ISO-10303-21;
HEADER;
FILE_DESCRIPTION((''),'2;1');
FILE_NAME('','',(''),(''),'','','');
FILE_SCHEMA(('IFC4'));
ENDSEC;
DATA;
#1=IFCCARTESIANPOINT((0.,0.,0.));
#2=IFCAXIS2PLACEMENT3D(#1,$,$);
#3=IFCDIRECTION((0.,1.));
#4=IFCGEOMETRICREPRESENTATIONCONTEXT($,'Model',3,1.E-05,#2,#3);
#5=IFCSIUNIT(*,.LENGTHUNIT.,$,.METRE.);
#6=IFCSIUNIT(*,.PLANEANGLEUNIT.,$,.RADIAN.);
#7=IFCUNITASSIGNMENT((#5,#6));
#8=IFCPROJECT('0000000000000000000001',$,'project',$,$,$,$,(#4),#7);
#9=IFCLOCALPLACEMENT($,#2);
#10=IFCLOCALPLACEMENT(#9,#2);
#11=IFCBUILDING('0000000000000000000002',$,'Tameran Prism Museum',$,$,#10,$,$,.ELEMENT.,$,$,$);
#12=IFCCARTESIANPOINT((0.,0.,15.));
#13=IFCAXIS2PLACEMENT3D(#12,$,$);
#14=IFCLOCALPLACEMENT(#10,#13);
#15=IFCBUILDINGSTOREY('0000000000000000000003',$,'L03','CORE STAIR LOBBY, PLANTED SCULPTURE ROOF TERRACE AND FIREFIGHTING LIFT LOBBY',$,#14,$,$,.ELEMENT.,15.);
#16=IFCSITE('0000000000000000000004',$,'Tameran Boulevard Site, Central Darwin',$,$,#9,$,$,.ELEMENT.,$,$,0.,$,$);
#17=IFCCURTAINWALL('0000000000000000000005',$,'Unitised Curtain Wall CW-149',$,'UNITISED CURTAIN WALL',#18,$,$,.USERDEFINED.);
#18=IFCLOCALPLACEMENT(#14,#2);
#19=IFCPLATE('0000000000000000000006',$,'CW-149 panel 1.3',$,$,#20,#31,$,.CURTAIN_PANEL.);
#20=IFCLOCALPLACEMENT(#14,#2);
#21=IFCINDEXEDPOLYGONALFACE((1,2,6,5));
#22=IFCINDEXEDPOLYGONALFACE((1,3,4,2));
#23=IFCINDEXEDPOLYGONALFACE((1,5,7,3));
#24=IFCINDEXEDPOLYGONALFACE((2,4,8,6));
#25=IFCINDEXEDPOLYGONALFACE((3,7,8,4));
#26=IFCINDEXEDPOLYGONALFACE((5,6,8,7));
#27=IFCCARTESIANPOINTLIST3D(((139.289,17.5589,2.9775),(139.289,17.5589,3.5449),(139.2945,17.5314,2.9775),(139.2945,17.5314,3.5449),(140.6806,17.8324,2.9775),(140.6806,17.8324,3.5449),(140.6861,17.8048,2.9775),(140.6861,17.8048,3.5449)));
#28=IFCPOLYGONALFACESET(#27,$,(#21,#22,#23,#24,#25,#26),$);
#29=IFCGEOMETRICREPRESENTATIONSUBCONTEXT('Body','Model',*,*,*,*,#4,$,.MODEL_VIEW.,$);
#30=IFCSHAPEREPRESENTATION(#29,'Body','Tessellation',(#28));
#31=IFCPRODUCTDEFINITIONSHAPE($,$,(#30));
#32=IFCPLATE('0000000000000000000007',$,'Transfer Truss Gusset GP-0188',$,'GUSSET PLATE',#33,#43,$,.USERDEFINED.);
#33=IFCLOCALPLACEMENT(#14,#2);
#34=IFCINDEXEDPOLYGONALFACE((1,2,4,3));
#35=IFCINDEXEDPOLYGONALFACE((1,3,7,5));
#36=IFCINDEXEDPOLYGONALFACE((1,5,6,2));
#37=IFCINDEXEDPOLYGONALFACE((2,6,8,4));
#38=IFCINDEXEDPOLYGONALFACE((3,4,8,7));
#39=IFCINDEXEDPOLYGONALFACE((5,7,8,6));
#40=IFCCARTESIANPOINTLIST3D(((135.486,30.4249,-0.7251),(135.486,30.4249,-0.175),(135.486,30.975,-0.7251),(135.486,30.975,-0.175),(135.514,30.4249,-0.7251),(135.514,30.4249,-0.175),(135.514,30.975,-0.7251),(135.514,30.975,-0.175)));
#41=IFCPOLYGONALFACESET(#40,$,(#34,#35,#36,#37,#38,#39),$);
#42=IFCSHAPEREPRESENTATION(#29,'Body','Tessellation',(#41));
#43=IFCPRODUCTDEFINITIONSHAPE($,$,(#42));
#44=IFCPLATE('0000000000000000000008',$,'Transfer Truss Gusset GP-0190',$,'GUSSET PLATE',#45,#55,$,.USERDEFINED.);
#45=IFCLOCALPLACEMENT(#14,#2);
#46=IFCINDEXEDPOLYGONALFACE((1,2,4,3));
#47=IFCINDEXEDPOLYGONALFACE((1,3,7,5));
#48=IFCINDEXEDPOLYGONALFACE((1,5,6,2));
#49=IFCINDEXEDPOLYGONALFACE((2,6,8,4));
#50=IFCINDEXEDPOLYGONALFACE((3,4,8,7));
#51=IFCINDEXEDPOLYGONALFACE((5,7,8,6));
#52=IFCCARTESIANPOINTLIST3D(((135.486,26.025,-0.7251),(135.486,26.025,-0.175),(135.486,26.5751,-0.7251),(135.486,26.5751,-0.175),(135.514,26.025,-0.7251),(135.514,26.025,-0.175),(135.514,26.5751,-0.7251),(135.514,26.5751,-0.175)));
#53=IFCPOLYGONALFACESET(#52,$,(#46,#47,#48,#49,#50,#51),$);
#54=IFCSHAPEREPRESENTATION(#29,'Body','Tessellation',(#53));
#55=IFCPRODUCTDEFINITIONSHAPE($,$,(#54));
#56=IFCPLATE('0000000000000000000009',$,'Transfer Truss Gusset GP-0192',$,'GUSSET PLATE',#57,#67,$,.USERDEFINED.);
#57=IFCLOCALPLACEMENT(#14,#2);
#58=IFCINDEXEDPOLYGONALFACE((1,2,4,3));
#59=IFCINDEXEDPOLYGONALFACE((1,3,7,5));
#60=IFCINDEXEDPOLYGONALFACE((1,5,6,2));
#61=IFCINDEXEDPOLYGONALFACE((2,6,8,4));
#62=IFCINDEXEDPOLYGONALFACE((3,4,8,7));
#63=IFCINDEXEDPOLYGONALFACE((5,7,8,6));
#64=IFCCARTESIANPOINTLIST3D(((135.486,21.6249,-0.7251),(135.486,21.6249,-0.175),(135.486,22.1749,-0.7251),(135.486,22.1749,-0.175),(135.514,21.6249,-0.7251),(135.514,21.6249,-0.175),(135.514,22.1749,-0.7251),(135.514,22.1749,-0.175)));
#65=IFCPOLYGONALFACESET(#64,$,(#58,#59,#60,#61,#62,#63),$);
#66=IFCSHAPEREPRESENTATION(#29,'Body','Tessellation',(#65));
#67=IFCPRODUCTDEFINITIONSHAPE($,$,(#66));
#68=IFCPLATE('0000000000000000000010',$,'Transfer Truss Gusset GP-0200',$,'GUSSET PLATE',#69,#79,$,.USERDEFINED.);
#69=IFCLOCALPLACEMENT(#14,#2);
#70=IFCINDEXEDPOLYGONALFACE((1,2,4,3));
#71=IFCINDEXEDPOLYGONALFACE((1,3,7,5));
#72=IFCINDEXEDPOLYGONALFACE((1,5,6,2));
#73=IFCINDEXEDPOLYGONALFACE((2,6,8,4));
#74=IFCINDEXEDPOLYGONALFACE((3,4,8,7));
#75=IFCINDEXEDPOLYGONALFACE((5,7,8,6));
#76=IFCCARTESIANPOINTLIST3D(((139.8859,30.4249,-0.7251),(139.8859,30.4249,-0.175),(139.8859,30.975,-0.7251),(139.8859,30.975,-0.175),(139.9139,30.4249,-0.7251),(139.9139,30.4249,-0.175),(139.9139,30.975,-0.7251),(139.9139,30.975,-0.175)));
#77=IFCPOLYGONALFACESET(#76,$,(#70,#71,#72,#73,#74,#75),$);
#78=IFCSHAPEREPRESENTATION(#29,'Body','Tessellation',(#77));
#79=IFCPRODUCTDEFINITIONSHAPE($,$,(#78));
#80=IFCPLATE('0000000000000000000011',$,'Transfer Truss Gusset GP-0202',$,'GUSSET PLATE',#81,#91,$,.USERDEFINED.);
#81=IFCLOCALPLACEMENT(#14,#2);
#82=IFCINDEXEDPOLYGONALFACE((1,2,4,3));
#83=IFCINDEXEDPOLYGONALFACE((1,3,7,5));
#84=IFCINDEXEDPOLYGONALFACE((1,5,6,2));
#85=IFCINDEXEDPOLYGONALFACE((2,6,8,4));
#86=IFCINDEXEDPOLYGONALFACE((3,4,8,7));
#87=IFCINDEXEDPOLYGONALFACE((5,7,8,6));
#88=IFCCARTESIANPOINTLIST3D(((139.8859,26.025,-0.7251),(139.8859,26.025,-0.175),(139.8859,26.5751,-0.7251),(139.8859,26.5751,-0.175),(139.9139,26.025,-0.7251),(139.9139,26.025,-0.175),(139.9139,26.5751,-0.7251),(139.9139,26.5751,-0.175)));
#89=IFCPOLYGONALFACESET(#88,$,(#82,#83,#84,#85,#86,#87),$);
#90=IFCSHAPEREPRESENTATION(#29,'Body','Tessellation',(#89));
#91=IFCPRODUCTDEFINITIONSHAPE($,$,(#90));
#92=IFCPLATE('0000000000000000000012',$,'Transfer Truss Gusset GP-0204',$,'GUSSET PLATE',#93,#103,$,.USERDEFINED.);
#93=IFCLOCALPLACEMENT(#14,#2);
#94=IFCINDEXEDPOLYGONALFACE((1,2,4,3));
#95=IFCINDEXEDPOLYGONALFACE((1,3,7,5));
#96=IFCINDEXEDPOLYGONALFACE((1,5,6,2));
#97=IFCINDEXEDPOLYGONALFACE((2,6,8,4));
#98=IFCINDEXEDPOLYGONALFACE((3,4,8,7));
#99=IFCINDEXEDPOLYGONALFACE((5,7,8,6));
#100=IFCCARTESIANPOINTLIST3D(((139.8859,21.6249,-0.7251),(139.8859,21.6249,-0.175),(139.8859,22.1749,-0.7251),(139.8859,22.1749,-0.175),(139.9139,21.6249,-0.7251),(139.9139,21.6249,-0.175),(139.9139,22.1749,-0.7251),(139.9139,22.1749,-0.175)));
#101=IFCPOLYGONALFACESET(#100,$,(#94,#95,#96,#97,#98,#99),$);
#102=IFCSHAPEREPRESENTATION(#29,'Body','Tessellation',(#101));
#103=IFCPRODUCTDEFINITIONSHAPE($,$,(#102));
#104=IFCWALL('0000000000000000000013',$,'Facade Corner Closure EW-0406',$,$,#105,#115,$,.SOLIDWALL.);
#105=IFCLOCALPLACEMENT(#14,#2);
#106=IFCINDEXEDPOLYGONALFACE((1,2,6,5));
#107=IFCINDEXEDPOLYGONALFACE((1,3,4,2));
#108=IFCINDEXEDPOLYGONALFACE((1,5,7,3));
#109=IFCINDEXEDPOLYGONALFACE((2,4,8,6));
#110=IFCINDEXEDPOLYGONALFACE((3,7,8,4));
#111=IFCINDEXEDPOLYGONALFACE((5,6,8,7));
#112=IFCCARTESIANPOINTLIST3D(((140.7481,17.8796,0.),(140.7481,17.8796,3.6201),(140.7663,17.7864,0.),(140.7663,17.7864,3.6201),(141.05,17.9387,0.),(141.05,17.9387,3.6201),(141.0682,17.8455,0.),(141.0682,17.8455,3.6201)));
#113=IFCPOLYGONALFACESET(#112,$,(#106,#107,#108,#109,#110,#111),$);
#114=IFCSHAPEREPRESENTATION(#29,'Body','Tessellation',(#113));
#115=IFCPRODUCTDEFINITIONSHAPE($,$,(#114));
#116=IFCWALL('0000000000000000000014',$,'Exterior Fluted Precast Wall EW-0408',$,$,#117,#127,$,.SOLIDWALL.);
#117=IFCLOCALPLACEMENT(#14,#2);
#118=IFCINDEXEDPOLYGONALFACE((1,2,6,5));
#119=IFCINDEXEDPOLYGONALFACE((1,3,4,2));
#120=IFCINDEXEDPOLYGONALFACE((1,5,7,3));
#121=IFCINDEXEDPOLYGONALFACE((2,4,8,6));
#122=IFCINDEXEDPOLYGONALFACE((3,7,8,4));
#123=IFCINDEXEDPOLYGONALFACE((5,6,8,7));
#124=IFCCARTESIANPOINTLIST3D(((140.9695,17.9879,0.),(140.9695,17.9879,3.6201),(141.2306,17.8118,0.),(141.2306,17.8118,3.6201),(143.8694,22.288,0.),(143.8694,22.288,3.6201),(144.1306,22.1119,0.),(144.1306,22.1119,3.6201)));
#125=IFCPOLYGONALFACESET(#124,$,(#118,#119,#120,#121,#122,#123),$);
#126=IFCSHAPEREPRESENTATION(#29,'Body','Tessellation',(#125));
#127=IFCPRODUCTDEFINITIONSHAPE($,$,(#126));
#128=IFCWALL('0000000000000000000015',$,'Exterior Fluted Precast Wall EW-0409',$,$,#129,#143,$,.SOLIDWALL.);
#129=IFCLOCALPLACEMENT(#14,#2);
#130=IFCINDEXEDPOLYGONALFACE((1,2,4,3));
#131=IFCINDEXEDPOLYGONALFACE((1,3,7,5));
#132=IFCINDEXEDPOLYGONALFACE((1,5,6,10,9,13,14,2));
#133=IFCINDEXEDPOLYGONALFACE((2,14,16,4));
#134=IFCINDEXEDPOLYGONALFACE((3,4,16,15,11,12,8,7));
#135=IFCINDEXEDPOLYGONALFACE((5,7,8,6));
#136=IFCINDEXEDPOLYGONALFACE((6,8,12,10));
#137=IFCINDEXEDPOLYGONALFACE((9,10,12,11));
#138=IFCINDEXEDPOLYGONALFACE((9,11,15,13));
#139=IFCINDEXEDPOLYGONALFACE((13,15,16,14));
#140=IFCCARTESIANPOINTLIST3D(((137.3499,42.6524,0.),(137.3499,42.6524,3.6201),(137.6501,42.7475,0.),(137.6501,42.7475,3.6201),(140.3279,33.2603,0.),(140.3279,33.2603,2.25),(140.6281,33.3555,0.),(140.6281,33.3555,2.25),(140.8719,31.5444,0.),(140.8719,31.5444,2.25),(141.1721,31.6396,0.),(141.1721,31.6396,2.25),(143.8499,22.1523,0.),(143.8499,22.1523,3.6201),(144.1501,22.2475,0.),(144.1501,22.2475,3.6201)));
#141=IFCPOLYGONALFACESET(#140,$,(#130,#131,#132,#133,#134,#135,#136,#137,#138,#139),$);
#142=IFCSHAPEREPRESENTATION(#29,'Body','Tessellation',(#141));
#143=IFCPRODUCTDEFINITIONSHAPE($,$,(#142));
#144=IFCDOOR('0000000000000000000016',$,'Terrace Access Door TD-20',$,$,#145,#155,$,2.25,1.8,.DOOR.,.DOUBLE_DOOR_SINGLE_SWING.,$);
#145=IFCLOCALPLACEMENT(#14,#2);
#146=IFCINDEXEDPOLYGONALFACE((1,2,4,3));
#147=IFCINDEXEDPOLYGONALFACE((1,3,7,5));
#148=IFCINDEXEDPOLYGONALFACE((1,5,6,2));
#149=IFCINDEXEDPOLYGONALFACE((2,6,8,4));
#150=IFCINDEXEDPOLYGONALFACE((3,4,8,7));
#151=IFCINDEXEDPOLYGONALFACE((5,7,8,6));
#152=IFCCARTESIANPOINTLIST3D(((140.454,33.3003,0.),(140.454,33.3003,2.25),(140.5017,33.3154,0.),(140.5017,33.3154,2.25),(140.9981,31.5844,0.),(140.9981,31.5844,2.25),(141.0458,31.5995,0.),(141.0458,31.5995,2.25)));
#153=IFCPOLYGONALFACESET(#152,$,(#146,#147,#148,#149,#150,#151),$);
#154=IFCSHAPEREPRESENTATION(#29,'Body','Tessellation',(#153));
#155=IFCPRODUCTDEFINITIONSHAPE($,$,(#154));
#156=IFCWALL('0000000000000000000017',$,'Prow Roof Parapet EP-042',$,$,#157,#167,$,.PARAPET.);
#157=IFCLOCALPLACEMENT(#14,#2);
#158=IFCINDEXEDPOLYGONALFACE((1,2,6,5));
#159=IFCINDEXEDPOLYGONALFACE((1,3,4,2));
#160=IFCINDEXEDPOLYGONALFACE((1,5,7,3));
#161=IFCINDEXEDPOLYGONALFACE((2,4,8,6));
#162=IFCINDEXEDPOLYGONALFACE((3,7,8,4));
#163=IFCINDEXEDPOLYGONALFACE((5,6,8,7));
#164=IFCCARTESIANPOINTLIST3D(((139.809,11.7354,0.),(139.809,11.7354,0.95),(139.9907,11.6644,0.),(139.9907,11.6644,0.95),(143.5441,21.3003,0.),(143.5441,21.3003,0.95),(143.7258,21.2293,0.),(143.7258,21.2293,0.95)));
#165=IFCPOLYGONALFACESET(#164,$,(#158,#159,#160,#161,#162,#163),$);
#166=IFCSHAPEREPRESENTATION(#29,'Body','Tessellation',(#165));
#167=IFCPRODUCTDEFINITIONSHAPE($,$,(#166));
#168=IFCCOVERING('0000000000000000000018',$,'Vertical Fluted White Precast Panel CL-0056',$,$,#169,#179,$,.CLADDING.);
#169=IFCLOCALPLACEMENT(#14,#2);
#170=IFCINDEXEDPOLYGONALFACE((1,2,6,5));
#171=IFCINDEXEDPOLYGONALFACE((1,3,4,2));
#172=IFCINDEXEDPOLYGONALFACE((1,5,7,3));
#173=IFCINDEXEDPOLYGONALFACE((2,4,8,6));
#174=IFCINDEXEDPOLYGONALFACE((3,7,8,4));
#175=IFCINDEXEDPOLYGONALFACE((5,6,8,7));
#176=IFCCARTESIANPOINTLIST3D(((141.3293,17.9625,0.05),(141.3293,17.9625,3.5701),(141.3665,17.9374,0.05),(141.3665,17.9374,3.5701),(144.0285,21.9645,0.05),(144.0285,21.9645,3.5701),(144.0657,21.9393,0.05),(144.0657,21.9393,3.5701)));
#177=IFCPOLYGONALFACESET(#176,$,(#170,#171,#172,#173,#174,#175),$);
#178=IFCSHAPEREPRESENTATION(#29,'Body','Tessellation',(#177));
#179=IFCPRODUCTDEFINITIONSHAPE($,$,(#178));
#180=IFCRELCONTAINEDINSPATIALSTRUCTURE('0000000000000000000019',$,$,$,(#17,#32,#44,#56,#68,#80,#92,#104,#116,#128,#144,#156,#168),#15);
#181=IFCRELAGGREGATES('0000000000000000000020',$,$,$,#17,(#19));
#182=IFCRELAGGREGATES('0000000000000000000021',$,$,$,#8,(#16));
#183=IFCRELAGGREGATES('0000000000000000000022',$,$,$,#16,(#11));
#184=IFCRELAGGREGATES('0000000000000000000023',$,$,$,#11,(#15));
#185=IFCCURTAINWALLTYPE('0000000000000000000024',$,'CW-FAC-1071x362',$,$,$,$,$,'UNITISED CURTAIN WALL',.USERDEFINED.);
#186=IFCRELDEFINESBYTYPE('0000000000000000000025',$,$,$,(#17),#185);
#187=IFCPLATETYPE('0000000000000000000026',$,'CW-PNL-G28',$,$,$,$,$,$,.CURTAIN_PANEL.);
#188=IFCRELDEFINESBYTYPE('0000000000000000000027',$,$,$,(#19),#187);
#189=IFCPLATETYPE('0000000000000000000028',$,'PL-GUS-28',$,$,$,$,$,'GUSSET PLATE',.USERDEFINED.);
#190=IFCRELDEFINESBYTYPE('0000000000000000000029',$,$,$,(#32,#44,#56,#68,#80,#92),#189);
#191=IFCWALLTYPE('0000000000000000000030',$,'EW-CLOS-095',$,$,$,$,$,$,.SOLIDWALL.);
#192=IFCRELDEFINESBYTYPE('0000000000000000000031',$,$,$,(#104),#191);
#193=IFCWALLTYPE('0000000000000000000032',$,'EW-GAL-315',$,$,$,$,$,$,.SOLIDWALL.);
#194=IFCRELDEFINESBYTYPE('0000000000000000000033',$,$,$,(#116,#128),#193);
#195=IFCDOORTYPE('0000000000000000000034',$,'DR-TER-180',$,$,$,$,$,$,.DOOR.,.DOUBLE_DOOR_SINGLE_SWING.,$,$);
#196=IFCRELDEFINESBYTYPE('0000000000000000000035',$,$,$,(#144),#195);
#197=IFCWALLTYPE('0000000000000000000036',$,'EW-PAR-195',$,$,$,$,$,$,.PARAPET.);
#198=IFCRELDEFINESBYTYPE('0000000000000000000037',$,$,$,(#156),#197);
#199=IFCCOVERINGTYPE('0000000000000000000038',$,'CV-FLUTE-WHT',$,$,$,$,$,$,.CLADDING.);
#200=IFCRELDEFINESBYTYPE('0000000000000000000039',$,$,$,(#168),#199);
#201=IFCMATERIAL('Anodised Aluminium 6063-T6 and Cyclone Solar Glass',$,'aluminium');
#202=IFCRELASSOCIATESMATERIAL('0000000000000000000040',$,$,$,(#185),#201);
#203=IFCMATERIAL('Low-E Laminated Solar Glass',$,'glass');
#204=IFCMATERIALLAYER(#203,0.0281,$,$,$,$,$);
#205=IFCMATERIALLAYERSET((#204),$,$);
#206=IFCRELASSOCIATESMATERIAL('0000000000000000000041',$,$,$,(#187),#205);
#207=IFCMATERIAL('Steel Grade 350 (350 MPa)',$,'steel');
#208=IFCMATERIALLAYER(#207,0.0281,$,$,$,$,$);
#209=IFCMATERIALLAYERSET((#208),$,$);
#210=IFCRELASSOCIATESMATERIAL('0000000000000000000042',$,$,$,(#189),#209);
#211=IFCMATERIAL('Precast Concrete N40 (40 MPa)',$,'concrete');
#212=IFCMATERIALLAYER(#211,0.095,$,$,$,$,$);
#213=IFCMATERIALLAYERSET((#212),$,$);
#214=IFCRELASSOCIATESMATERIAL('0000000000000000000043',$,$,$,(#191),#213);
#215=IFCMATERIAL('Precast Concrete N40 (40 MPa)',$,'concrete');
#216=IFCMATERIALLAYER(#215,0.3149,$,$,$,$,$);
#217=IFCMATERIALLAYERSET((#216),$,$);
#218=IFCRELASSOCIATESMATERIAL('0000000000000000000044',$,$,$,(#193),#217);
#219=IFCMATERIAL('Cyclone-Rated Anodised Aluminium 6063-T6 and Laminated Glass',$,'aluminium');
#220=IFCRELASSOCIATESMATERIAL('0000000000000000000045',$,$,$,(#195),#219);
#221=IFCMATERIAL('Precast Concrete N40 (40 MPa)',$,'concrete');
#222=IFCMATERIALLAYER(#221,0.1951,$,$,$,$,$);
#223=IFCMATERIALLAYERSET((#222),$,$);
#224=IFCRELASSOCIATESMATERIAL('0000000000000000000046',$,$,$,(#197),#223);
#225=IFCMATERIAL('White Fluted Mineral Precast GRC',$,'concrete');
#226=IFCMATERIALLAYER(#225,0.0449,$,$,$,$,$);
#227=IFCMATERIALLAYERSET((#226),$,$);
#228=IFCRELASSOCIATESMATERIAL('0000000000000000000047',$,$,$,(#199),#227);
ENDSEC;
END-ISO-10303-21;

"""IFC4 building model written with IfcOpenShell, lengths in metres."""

from ifc_helpers import new_model, si_unit, direction, frame, frame_2d, origin, origin_2d, place, context, subcontext, project, spatial, rectangle, extrude, material, layer, layer_set, type_object, element, fill, aggregate, save


model = new_model("IFC4")

# Units and contexts
model_context = context("Model", 3, precision=1e-05, world=origin(), true_north=direction((0.0, 1.0)))
body_context = subcontext(model_context, "Body", "Model", "MODEL_VIEW")
ifc_project = project(units=[si_unit("LENGTHUNIT", "METRE"), si_unit("PLANEANGLEUNIT", "RADIAN")], contexts=[model_context])

# Site, building, storey
site_placement = place(None, origin())
site = spatial("IfcSite", under=ifc_project, at=site_placement, Name="Tameran Boulevard Site, Central Darwin", CompositionType="ELEMENT", RefElevation=0.0)
building_placement = place(site_placement, origin())
building = spatial("IfcBuilding", under=site, at=building_placement, Name="Tameran Prism Museum", CompositionType="ELEMENT")
storey_placement = place(building_placement, frame((0.0, 0.0, 15.0)))
storey = spatial("IfcBuildingStorey", under=building, at=storey_placement, Name="L03", Description="CORE STAIR LOBBY, PLANTED SCULPTURE ROOF TERRACE AND FIREFIGHTING LIFT LOBBY", CompositionType="ELEMENT", Elevation=15.0)

# Curtain wall
ifc_material_1 = material(Name="Anodised Aluminium 6063-T6 and Cyclone Solar Glass", Category="aluminium")
curtain_wall_type = type_object("IfcCurtainWallType", Name="CW-FAC-1071x362", ElementType="UNITISED CURTAIN WALL", PredefinedType="USERDEFINED", material=ifc_material_1)
curtain_wall_placement = place(storey_placement, origin())
curtain_wall = element("IfcCurtainWall", 1, at=curtain_wall_placement, inside=storey, type_object=curtain_wall_type, Name="Unitised Curtain Wall CW-149", ObjectType="UNITISED CURTAIN WALL", PredefinedType="USERDEFINED")

# Plate
ifc_material_2 = material(Name="Low-E Laminated Solar Glass", Category="glass")
ifc_layer_1 = layer(ifc_material_2, 0.0281)
ifc_layer_set_1 = layer_set([ifc_layer_1])
plate_type_1 = type_object("IfcPlateType", Name="CW-PNL-G28", PredefinedType="CURTAIN_PANEL", material=ifc_layer_set_1)
plate_placement = place(storey_placement, frame((139.9875, 17.6819, 2.9775), z_axis=(0.0, 0.0, 1.0), x_axis=(-0.981236, -0.192813, 0.0)))
plate = element("IfcPlate", 2, at=plate_placement, type_object=plate_type_1, Name="CW-149 panel 1.3", PredefinedType="CURTAIN_PANEL", context=body_context, shape_type="SweptSolid", body=[
    extrude(rectangle(XDim=1.4182, YDim=0.0281, at=origin_2d()), origin(), (0.0, 0.0, 1.0), 0.5674),
])
aggregate(curtain_wall, [plate])

# Plates
ifc_material_3 = material(Name="Steel Grade 350 (350 MPa)", Category="steel")
ifc_layer_2 = layer(ifc_material_3, 0.0281)
ifc_layer_set_2 = layer_set([ifc_layer_2])
plate_type_2 = type_object("IfcPlateType", Name="PL-GUS-28", ElementType="GUSSET PLATE", PredefinedType="USERDEFINED", material=ifc_layer_set_2)
for number, where, z_axis, x_axis, name in (
    (3, (135.5, 30.7, -0.7251), (0.0, 0.0, 1.0), (1.0, 0.0, 0.0), "Transfer Truss Gusset GP-0188"),
    (4, (135.5, 26.3, -0.7251), (0.0, 0.0, 1.0), (1.0, 0.0, 0.0), "Transfer Truss Gusset GP-0190"),
    (5, (135.5, 21.8999, -0.7251), (0.0, 0.0, 1.0), (1.0, 0.0, 0.0), "Transfer Truss Gusset GP-0192"),
    (6, (139.8999, 30.7, -0.7251), (0.0, 0.0, 1.0), (1.0, 0.0, 0.0), "Transfer Truss Gusset GP-0200"),
    (7, (139.8999, 26.3, -0.7251), (0.0, 0.0, 1.0), (1.0, 0.0, 0.0), "Transfer Truss Gusset GP-0202"),
    (8, (139.8999, 21.8999, -0.7251), (0.0, 0.0, 1.0), (1.0, 0.0, 0.0), "Transfer Truss Gusset GP-0204"),
):
    element("IfcPlate", number, at=place(storey_placement, frame(where, z_axis=z_axis, x_axis=x_axis)), inside=storey, type_object=plate_type_2, Name=name, ObjectType="GUSSET PLATE", PredefinedType="USERDEFINED", context=body_context, shape_type="SweptSolid", body=[
        extrude(rectangle(XDim=0.0281, YDim=0.55, at=origin_2d()), origin(), (0.0, 0.0, 1.0), 0.55),
    ])

# Walls
ifc_material_4 = material(Name="Precast Concrete N40 (40 MPa)", Category="concrete")
ifc_layer_3 = layer(ifc_material_4, 0.095)
ifc_layer_set_3 = layer_set([ifc_layer_3])
wall_type_1 = type_object("IfcWallType", Name="EW-CLOS-095", PredefinedType="SOLIDWALL", material=ifc_layer_set_3)
wall_1_placement = place(storey_placement, frame((141.0591, 17.8921, 0.0), z_axis=(0.0, 0.0, 1.0), x_axis=(-0.981396, -0.191995, 0.0)))
element("IfcWall", 9, at=wall_1_placement, inside=storey, type_object=wall_type_1, Name="Facade Corner Closure EW-0406", PredefinedType="SOLIDWALL", context=body_context, shape_type="SweptSolid", body=[
    extrude(rectangle(XDim=0.3076, YDim=0.095, at=frame_2d((0.1538, 0.0))), origin(), (0.0, 0.0, 1.0), 3.6201),
])
ifc_material_5 = material(Name="Precast Concrete N40 (40 MPa)", Category="concrete")
ifc_layer_4 = layer(ifc_material_5, 0.3149)
ifc_layer_set_4 = layer_set([ifc_layer_4])
wall_type_2 = type_object("IfcWallType", Name="EW-GAL-315", PredefinedType="SOLIDWALL", material=ifc_layer_set_4)
wall_2_placement = place(storey_placement, frame((144.0, 22.2, 0.0), z_axis=(0.0, 0.0, 1.0), x_axis=(-0.559124, -0.829084, 0.0)))
element("IfcWall", 10, at=wall_2_placement, inside=storey, type_object=wall_type_2, Name="Exterior Fluted Precast Wall EW-0408", PredefinedType="SOLIDWALL", context=body_context, shape_type="SweptSolid", body=[
    extrude(rectangle(XDim=5.1865, YDim=0.3149, at=frame_2d((2.5933, 0.0))), origin(), (0.0, 0.0, 1.0), 3.6201),
])

# Wall, opening, door
wall_3_placement = place(storey_placement, frame((137.5, 42.7, 0.0), z_axis=(0.0, 0.0, 1.0), x_axis=(0.302244, -0.953231, 0.0)))
wall_3 = element("IfcWall", 11, at=wall_3_placement, inside=storey, type_object=wall_type_2, Name="Exterior Fluted Precast Wall EW-0409", PredefinedType="SOLIDWALL", context=body_context, shape_type="SweptSolid", body=[
    extrude(rectangle(XDim=21.5059, YDim=0.3149, at=frame_2d((10.7529, 0.0))), origin(), (0.0, 0.0, 1.0), 3.6201),
])
opening_placement = place(wall_3_placement, frame((9.853, 0.0, 0.0)))
opening = element("IfcOpeningElement", 12, at=opening_placement, cuts=wall_3, PredefinedType="OPENING", context=body_context, shape_type="SweptSolid", body=[
    extrude(rectangle(XDim=1.8, YDim=2.25, at=frame_2d((0.8999, 1.125))), frame((0.0, 0.1675, 0.0), z_axis=(0.0, -1.0, 0.0), x_axis=(1.0, 0.0, 0.0)), (0.0, 0.0, 1.0), 0.335),
])
ifc_material_6 = material(Name="Cyclone-Rated Anodised Aluminium 6063-T6 and Laminated Glass", Category="aluminium")
door_type = type_object("IfcDoorType", Name="DR-TER-180", OperationType="DOUBLE_DOOR_SINGLE_SWING", PredefinedType="DOOR", material=ifc_material_6)
door_placement = place(opening_placement, origin())
door = element("IfcDoor", 13, at=door_placement, inside=storey, type_object=door_type, Name="Terrace Access Door TD-20", OperationType="DOUBLE_DOOR_SINGLE_SWING", OverallHeight=2.25, OverallWidth=1.8, PredefinedType="DOOR", context=body_context, shape_type="SweptSolid", body=[
    extrude(rectangle(XDim=1.8, YDim=2.25, at=frame_2d((0.8999, 1.125))), frame((0.0, 0.0249, 0.0), z_axis=(0.0, -1.0, 0.0), x_axis=(1.0, 0.0, 0.0)), (0.0, 0.0, 1.0), 0.05),
])
fill(opening, door)

# Wall
ifc_material_7 = material(Name="Precast Concrete N40 (40 MPa)", Category="concrete")
ifc_layer_5 = layer(ifc_material_7, 0.1951)
ifc_layer_set_5 = layer_set([ifc_layer_5])
wall_type_3 = type_object("IfcWallType", Name="EW-PAR-195", PredefinedType="PARAPET", material=ifc_layer_set_5)
wall_4_placement = place(storey_placement, frame((143.635, 21.2649, 0.0), z_axis=(0.0, 0.0, 1.0), x_axis=(-0.363749, -0.931497, 0.0)))
element("IfcWall", 14, at=wall_4_placement, inside=storey, type_object=wall_type_3, Name="Prow Roof Parapet EP-042", PredefinedType="PARAPET", context=body_context, shape_type="SweptSolid", body=[
    extrude(rectangle(XDim=10.2683, YDim=0.1951, at=frame_2d((5.1343, 0.0))), origin(), (0.0, 0.0, 1.0), 0.95),
])

# Covering
ifc_material_8 = material(Name="White Fluted Mineral Precast GRC", Category="concrete")
ifc_layer_6 = layer(ifc_material_8, 0.0449)
ifc_layer_set_6 = layer_set([ifc_layer_6])
covering_type = type_object("IfcCoveringType", Name="CV-FLUTE-WHT", PredefinedType="CLADDING", material=ifc_layer_set_6)
covering_placement = place(storey_placement, frame((144.0471, 21.9519, 0.05), z_axis=(0.0, 0.0, 1.0), x_axis=(-0.559174, -0.82905, 0.0)))
element("IfcCovering", 15, at=covering_placement, inside=storey, type_object=covering_type, Name="Vertical Fluted White Precast Panel CL-0056", PredefinedType="CLADDING", context=body_context, shape_type="SweptSolid", body=[
    extrude(rectangle(XDim=4.8271, YDim=0.0449, at=frame_2d((2.4136, 0.0))), origin(), (0.0, 0.0, 1.0), 3.52),
])

save(model, "model.ifc")
